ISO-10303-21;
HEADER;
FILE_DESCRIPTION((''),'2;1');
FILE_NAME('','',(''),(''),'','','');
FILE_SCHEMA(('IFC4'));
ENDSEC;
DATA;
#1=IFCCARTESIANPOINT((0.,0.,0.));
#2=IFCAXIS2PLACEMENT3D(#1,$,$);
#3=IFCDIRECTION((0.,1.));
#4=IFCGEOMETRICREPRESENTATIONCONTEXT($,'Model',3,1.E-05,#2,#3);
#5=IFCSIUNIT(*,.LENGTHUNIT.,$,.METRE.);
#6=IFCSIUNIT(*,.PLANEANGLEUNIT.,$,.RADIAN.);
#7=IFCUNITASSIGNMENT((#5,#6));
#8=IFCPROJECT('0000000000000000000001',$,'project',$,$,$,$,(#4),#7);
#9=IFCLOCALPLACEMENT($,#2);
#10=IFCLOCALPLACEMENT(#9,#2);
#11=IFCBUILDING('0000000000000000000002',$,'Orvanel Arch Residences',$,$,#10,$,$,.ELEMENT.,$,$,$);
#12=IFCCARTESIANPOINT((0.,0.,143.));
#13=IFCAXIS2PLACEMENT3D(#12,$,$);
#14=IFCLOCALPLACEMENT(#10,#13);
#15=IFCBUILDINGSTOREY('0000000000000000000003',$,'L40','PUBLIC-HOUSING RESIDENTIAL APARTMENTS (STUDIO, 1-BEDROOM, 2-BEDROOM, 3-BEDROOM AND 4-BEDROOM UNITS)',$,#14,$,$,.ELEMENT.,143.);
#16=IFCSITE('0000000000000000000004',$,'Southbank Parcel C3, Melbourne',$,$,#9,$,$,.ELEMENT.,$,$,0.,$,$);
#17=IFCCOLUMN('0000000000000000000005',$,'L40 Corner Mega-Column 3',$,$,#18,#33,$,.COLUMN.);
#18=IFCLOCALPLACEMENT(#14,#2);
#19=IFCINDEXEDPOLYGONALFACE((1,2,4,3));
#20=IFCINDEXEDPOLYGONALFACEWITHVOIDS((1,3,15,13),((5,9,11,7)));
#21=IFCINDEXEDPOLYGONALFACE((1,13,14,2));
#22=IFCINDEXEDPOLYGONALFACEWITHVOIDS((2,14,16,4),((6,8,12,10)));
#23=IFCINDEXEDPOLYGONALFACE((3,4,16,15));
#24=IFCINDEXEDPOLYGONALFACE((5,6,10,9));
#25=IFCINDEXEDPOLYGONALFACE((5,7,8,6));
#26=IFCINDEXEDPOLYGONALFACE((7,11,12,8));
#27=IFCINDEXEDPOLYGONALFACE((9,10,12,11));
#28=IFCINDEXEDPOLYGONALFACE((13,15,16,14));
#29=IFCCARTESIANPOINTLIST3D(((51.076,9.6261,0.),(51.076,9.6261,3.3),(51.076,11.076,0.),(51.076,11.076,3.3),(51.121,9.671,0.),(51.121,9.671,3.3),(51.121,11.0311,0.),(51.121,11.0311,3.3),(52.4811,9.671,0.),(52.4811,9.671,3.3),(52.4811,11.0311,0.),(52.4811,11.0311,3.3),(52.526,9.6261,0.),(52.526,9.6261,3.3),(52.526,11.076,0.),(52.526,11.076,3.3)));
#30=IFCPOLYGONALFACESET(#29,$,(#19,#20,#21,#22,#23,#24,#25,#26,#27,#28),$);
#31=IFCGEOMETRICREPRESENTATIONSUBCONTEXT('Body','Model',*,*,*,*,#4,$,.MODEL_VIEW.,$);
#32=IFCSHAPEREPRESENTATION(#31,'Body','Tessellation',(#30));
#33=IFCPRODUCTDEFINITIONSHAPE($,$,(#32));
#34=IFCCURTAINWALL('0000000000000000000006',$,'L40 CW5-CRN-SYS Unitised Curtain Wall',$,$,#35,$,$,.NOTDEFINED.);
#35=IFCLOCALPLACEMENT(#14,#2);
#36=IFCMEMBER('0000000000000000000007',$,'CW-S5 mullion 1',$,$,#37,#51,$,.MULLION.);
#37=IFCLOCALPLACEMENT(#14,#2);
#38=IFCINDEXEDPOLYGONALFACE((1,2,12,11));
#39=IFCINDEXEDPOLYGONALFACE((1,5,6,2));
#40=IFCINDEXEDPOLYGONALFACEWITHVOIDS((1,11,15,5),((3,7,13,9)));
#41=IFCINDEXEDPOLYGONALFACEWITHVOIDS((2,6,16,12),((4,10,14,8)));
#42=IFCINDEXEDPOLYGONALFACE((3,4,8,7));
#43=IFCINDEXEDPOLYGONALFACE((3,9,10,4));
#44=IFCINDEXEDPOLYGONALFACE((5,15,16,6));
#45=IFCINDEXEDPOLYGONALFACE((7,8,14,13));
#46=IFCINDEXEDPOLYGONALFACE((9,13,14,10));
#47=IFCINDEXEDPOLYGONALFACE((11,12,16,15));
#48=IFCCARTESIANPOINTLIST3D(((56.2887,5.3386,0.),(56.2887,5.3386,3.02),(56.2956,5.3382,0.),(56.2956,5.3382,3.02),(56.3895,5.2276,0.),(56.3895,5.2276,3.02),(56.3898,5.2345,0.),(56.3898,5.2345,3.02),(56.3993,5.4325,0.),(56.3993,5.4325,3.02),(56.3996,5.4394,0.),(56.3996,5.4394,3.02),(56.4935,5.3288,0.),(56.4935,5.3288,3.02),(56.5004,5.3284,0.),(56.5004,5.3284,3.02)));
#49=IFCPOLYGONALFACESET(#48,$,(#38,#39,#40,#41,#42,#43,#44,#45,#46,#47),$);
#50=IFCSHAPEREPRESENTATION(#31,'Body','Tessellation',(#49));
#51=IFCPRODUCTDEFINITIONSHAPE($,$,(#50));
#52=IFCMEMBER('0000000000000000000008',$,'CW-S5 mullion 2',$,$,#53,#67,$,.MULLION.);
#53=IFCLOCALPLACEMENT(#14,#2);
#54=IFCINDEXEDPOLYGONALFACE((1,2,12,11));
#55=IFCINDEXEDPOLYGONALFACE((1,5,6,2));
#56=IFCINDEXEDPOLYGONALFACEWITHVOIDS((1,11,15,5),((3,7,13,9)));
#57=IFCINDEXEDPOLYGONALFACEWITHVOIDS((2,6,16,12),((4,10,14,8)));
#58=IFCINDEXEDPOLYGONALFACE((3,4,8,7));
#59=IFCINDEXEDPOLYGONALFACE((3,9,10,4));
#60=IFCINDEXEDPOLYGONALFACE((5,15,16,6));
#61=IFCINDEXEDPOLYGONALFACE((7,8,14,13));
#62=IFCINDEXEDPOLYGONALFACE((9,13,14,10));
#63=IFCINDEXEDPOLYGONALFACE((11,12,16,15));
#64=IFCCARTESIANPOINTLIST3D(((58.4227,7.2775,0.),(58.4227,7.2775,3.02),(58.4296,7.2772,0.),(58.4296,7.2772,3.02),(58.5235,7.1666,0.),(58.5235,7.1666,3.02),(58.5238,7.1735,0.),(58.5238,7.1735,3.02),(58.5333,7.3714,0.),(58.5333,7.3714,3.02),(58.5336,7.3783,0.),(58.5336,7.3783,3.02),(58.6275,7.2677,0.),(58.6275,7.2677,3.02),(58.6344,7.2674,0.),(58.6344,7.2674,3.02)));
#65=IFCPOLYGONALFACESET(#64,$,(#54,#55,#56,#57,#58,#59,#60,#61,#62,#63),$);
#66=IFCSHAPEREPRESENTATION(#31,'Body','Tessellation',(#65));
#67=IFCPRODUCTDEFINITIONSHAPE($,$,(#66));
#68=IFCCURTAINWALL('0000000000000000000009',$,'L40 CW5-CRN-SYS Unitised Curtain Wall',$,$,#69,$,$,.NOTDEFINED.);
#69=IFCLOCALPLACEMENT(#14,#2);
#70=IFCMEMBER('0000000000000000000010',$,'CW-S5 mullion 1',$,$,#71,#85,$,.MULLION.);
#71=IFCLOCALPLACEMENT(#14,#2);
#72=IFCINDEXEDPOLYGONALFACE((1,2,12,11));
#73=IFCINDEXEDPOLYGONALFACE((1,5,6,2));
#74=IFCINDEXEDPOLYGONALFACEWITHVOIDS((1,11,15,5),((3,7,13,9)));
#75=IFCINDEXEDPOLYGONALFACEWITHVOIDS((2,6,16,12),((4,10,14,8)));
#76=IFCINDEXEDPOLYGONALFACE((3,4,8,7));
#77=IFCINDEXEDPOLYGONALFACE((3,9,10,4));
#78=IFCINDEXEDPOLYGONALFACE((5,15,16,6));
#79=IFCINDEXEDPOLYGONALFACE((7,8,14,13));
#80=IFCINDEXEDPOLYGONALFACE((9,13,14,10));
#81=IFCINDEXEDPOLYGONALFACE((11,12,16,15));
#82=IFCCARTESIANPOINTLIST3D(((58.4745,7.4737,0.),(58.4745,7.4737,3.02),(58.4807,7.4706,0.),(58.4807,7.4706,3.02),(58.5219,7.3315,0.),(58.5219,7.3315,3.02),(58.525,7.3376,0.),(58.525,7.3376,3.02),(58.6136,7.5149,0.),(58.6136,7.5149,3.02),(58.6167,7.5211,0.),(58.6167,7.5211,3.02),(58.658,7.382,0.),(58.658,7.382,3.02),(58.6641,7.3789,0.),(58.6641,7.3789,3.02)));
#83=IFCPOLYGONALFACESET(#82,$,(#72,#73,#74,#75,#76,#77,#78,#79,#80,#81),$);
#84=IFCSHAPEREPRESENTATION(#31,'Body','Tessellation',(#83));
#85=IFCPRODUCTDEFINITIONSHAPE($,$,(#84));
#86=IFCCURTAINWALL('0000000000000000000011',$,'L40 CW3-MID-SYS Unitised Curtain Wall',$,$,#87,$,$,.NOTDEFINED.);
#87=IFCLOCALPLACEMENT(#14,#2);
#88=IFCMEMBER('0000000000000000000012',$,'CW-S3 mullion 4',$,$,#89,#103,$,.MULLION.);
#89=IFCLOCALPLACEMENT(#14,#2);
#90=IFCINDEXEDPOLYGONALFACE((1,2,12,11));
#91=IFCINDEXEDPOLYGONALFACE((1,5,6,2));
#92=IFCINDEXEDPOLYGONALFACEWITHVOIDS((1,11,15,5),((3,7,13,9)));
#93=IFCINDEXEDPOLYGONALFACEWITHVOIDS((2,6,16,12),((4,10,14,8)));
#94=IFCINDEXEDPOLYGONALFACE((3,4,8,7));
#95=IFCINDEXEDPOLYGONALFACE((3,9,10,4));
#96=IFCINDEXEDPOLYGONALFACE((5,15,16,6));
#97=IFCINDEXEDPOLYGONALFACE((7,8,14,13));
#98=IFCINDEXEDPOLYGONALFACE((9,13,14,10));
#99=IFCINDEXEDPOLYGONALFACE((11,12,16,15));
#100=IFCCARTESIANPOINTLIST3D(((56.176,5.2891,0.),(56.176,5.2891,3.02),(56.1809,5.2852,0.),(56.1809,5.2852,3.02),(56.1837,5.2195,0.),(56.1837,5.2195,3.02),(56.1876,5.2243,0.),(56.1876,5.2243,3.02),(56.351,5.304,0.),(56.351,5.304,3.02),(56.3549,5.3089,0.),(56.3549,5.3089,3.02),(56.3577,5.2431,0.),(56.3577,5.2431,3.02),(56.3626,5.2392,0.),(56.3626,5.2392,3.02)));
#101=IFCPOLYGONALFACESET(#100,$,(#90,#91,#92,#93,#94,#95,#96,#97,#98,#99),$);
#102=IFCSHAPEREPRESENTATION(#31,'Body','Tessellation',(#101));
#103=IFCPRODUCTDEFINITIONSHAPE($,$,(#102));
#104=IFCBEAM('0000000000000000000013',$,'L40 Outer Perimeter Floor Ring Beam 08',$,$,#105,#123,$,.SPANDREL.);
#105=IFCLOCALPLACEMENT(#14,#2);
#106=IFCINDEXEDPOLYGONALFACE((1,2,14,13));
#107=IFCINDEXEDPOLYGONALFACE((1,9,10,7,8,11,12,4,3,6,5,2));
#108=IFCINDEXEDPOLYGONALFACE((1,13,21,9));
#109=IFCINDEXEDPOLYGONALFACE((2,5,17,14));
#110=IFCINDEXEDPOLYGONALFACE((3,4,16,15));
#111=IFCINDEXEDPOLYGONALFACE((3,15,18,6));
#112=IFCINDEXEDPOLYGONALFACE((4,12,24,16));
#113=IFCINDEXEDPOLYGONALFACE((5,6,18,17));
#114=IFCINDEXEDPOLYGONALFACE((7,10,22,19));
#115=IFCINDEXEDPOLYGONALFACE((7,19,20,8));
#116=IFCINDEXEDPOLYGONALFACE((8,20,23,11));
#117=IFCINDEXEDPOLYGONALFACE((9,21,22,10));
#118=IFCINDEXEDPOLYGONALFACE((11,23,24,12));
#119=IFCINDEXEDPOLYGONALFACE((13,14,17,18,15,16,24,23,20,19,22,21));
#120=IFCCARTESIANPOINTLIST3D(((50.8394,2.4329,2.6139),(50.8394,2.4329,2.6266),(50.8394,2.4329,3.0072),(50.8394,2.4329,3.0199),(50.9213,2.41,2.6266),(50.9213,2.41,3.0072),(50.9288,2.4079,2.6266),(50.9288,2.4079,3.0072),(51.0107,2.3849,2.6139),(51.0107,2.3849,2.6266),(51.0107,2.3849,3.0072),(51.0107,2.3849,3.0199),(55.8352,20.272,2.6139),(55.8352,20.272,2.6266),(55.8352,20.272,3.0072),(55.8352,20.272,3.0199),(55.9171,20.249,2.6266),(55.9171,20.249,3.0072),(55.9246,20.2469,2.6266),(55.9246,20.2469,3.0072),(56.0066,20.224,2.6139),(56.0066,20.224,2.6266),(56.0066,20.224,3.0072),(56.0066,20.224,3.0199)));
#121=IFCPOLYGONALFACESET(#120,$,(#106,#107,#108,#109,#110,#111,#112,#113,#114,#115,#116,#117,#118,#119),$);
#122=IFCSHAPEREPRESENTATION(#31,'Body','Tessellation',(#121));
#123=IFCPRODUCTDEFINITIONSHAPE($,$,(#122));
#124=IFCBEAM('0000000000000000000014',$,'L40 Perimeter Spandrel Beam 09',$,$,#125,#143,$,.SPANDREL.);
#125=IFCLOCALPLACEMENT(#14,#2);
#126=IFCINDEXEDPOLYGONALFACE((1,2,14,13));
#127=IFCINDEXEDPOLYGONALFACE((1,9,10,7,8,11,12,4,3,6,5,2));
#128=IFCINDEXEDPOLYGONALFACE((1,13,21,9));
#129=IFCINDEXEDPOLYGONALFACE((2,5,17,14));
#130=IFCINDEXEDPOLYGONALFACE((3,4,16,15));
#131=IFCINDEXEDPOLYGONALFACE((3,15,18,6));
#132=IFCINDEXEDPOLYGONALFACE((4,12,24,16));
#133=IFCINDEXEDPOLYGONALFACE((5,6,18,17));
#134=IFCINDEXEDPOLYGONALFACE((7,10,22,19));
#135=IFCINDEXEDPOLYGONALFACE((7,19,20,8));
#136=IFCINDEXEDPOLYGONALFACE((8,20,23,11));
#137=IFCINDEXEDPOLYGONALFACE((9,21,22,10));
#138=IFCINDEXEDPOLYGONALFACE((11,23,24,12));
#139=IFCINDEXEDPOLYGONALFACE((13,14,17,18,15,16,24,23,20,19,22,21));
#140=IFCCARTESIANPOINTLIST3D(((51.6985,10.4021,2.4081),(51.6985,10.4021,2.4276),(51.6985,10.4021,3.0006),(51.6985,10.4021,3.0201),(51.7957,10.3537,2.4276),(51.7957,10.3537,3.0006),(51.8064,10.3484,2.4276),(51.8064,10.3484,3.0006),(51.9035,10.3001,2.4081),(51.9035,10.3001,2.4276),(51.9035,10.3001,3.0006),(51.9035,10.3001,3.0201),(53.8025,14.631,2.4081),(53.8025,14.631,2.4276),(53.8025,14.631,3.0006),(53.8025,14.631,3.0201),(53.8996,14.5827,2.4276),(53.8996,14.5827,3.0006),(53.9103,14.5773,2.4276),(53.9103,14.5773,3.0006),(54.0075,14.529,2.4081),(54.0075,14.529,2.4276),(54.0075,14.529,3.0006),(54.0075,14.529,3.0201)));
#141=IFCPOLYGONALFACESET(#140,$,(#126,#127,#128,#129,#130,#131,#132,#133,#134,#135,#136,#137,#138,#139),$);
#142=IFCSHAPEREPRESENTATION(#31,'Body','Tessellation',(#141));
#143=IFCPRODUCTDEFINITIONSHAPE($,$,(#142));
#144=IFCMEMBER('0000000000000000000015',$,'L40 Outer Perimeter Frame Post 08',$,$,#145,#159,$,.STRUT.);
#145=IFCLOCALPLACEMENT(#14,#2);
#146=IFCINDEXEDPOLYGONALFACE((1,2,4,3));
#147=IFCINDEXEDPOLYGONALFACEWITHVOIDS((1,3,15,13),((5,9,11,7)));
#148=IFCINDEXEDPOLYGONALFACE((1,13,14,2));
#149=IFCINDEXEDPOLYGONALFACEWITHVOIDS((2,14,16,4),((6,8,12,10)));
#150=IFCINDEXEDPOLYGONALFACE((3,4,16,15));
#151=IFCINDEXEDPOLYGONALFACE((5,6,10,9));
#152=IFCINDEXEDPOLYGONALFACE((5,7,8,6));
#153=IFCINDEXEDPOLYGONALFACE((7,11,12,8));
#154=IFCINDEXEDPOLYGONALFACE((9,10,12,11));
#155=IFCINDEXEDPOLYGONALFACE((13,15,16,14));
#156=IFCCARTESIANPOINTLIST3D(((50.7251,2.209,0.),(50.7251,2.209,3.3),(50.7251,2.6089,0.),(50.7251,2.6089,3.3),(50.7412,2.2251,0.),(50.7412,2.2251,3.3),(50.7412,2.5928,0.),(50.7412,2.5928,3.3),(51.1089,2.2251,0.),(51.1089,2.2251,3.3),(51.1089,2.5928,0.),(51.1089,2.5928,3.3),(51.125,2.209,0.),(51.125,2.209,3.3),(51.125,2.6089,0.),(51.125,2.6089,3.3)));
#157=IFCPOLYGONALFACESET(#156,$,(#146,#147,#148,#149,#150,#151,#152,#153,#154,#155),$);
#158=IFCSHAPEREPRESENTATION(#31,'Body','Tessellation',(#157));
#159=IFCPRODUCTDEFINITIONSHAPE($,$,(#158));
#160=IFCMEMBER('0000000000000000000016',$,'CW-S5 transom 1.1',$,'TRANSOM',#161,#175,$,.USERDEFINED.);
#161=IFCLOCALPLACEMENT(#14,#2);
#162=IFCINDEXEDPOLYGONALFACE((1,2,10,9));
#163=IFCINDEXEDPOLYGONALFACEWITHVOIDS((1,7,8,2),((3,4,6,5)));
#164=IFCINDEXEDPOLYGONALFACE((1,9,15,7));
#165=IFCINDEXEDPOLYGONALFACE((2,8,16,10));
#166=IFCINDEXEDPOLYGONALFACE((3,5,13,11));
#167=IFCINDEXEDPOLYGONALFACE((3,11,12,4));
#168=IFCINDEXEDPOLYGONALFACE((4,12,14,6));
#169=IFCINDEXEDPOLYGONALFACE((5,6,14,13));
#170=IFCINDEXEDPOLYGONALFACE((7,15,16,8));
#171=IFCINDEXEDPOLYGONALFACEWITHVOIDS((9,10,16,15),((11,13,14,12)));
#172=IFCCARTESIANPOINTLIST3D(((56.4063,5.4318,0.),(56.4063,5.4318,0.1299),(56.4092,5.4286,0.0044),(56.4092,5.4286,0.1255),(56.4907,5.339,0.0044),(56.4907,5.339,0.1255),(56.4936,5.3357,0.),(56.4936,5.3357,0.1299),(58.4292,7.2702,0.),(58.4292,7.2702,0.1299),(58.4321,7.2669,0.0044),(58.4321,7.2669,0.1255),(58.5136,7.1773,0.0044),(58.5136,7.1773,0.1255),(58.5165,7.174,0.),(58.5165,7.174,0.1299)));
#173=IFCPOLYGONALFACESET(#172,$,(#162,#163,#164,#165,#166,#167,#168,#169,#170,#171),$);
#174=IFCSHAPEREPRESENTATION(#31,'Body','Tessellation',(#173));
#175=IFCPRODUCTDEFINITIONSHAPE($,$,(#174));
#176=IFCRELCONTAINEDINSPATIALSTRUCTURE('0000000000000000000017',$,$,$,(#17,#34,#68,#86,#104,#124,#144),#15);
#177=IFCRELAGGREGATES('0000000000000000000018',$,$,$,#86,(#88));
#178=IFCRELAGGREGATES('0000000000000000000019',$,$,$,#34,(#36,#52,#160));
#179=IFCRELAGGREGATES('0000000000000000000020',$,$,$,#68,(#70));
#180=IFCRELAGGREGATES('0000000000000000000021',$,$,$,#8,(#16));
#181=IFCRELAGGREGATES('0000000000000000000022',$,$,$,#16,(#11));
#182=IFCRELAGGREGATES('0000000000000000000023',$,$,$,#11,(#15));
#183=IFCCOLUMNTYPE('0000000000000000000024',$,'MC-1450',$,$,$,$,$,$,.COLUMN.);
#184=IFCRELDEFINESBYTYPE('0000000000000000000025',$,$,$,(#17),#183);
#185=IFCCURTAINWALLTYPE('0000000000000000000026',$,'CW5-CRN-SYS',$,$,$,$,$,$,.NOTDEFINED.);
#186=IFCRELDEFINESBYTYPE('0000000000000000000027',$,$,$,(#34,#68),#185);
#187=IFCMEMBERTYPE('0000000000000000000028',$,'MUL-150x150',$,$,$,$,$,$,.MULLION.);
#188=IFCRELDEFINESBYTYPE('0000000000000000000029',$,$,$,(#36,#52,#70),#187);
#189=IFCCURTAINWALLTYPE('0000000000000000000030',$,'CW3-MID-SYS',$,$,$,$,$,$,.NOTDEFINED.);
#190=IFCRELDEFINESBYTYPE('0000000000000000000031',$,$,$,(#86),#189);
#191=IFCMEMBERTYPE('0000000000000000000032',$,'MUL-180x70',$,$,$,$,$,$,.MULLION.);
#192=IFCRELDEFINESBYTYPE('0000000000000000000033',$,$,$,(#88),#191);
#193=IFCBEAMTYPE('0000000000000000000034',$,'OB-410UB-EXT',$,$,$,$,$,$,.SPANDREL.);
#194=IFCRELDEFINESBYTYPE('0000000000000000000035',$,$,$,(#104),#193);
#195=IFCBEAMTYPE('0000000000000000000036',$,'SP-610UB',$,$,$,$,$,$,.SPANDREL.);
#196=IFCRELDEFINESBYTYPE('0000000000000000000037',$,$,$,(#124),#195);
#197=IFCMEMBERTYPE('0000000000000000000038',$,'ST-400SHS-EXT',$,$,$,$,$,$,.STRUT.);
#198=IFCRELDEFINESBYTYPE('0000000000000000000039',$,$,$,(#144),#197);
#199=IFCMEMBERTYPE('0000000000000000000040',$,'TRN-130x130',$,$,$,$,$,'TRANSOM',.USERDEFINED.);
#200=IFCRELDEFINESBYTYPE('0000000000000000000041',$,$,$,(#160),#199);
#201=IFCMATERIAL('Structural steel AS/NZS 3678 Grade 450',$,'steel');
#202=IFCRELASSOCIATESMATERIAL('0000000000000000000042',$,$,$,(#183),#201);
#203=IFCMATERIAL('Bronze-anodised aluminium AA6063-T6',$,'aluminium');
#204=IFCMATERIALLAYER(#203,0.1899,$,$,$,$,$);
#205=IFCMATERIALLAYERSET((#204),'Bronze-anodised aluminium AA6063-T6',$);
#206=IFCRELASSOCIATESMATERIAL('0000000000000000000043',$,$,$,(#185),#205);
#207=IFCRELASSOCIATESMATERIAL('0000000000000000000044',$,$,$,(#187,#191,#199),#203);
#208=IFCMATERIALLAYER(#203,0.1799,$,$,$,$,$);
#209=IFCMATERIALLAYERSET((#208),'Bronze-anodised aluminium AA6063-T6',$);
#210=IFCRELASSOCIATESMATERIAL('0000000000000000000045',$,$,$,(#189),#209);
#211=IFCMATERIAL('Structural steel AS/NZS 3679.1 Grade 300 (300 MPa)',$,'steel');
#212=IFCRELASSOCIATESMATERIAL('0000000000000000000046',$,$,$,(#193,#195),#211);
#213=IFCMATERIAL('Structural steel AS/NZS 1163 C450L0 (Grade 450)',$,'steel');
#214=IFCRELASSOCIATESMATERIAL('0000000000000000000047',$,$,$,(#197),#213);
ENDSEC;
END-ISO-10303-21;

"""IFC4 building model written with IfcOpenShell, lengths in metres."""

from ifc_helpers import new_model, si_unit, direction, frame, origin, origin_2d, place, context, subcontext, project, spatial, hollow_rectangle, i_section, extrude, material, layer, layer_set, material_profile, profile_set, type_object, element, aggregate, save


model = new_model("IFC4")

# Units and contexts
model_context = context("Model", 3, precision=1e-05, world=origin(), true_north=direction((0.0, 1.0)))
body_context = subcontext(model_context, "Body", "Model", "MODEL_VIEW")
ifc_project = project(units=[si_unit("LENGTHUNIT", "METRE"), si_unit("PLANEANGLEUNIT", "RADIAN")], contexts=[model_context])

# Site, building, storey
site_placement = place(None, origin())
site = spatial("IfcSite", under=ifc_project, at=site_placement, Name="Southbank Parcel C3, Melbourne", CompositionType="ELEMENT", RefElevation=0.0)
building_placement = place(site_placement, origin())
building = spatial("IfcBuilding", under=site, at=building_placement, Name="Orvanel Arch Residences", CompositionType="ELEMENT")
storey_placement = place(building_placement, frame((0.0, 0.0, 143.0)))
storey = spatial("IfcBuildingStorey", under=building, at=storey_placement, Name="L40", Description="PUBLIC-HOUSING RESIDENTIAL APARTMENTS (STUDIO, 1-BEDROOM, 2-BEDROOM, 3-BEDROOM AND 4-BEDROOM UNITS)", CompositionType="ELEMENT", Elevation=143.0)

# Column
ifc_material_1 = material(Name="Structural steel AS/NZS 3678 Grade 450", Category="steel")
ifc_material_profile_1 = material_profile(ifc_material_1, hollow_rectangle(XDim=1.45, YDim=1.45, WallThickness=0.0449, at=origin_2d()), Name="BOX1450x1450x45")
ifc_profile_set_1 = profile_set([ifc_material_profile_1], Name="Structural steel AS/NZS 3678 Grade 450")
column_type = type_object("IfcColumnType", Name="MC-1450", PredefinedType="COLUMN", material=ifc_profile_set_1)
column_placement = place(storey_placement, frame((51.801, 10.3511, 0.0), z_axis=(0.0, 0.0, 1.0), x_axis=(1.0, 0.0, 0.0)))
element("IfcColumn", 1, at=column_placement, inside=storey, type_object=column_type, Name="L40 Corner Mega-Column 3", PredefinedType="COLUMN", context=body_context, shape_type="SweptSolid", body=[
    extrude(hollow_rectangle(XDim=1.45, YDim=1.45, WallThickness=0.0449, at=origin_2d()), origin(), (0.0, 0.0, 1.0), 3.3),
])

# Curtain wall, members
ifc_material_2 = material(Name="Bronze-anodised aluminium AA6063-T6", Category="aluminium")
ifc_layer_1 = layer(ifc_material_2, 0.1899)
ifc_layer_set_1 = layer_set([ifc_layer_1], Name="Bronze-anodised aluminium AA6063-T6")
curtain_wall_type_1 = type_object("IfcCurtainWallType", Name="CW5-CRN-SYS", PredefinedType="NOTDEFINED", material=ifc_layer_set_1)
curtain_wall_1_placement = place(storey_placement, origin())
curtain_wall_1 = element("IfcCurtainWall", 2, at=curtain_wall_1_placement, inside=storey, type_object=curtain_wall_type_1, Name="L40 CW5-CRN-SYS Unitised Curtain Wall", PredefinedType="NOTDEFINED")
ifc_material_profile_2 = material_profile(ifc_material_2, hollow_rectangle(XDim=0.1499, YDim=0.1499, WallThickness=0.0049, at=origin_2d()), Name="ALU150x150x5")
ifc_profile_set_2 = profile_set([ifc_material_profile_2], Name="Bronze-anodised aluminium AA6063-T6")
member_type_1 = type_object("IfcMemberType", Name="MUL-150x150", PredefinedType="MULLION", material=ifc_profile_set_2)
member_1_placement = place(storey_placement, frame((56.3945, 5.3335, 0.0), z_axis=(0.0, 0.0, 1.0), x_axis=(-0.672509, 0.740089, 0.0)))
member_1 = element("IfcMember", 3, at=member_1_placement, type_object=member_type_1, Name="CW-S5 mullion 1", PredefinedType="MULLION", context=body_context, shape_type="SweptSolid", body=[
    extrude(hollow_rectangle(XDim=0.1499, YDim=0.1499, WallThickness=0.0049, at=origin_2d()), origin(), (0.0, 0.0, 1.0), 3.02),
])
member_2_placement = place(storey_placement, frame((58.5286, 7.2725, 0.0), z_axis=(0.0, 0.0, 1.0), x_axis=(-0.672509, 0.740089, 0.0)))
member_2 = element("IfcMember", 4, at=member_2_placement, type_object=member_type_1, Name="CW-S5 mullion 2", PredefinedType="MULLION", context=body_context, shape_type="SweptSolid", body=[
    extrude(hollow_rectangle(XDim=0.1499, YDim=0.1499, WallThickness=0.0049, at=origin_2d()), origin(), (0.0, 0.0, 1.0), 3.02),
])

# Curtain walls, members
curtain_wall_2_placement = place(storey_placement, origin())
curtain_wall_2 = element("IfcCurtainWall", 5, at=curtain_wall_2_placement, inside=storey, type_object=curtain_wall_type_1, Name="L40 CW5-CRN-SYS Unitised Curtain Wall", PredefinedType="NOTDEFINED")
member_3_placement = place(storey_placement, frame((58.5693, 7.4263, 0.0), z_axis=(0.0, 0.0, 1.0), x_axis=(-0.948642, -0.316351, 0.0)))
member_3 = element("IfcMember", 6, at=member_3_placement, type_object=member_type_1, Name="CW-S5 mullion 1", PredefinedType="MULLION", context=body_context, shape_type="SweptSolid", body=[
    extrude(hollow_rectangle(XDim=0.1499, YDim=0.1499, WallThickness=0.0049, at=origin_2d()), origin(), (0.0, 0.0, 1.0), 3.02),
])
ifc_layer_2 = layer(ifc_material_2, 0.1799)
ifc_layer_set_2 = layer_set([ifc_layer_2], Name="Bronze-anodised aluminium AA6063-T6")
curtain_wall_type_2 = type_object("IfcCurtainWallType", Name="CW3-MID-SYS", PredefinedType="NOTDEFINED", material=ifc_layer_set_2)
curtain_wall_3_placement = place(storey_placement, origin())
curtain_wall_3 = element("IfcCurtainWall", 7, at=curtain_wall_3_placement, inside=storey, type_object=curtain_wall_type_2, Name="L40 CW3-MID-SYS Unitised Curtain Wall", PredefinedType="NOTDEFINED")
ifc_material_profile_3 = material_profile(ifc_material_2, hollow_rectangle(XDim=0.0701, YDim=0.1799, WallThickness=0.0044, at=origin_2d()), Name="ALU180x70x4.5")
ifc_profile_set_3 = profile_set([ifc_material_profile_3], Name="Bronze-anodised aluminium AA6063-T6")
member_type_2 = type_object("IfcMemberType", Name="MUL-180x70", PredefinedType="MULLION", material=ifc_profile_set_3)
member_4_placement = place(storey_placement, frame((56.2693, 5.2642, 0.0), z_axis=(0.0, 0.0, 1.0), x_axis=(-0.109856, 0.993947, 0.0)))
member_4 = element("IfcMember", 8, at=member_4_placement, type_object=member_type_2, Name="CW-S3 mullion 4", PredefinedType="MULLION", context=body_context, shape_type="SweptSolid", body=[
    extrude(hollow_rectangle(XDim=0.0701, YDim=0.1799, WallThickness=0.0044, at=origin_2d()), origin(), (0.0, 0.0, 1.0), 3.02),
])

# Beams
ifc_material_3 = material(Name="Structural steel AS/NZS 3679.1 Grade 300 (300 MPa)", Category="steel")
ifc_material_profile_4 = material_profile(ifc_material_3, i_section(OverallWidth=0.178, OverallDepth=0.406, WebThickness=0.0078, FlangeThickness=0.0127, at=origin_2d()), Name="410UB59.7")
ifc_profile_set_4 = profile_set([ifc_material_profile_4], Name="Structural steel AS/NZS 3679.1 Grade 300 (300 MPa)")
beam_type_1 = type_object("IfcBeamType", Name="OB-410UB-EXT", PredefinedType="SPANDREL", material=ifc_profile_set_4)
beam_1_placement = place(storey_placement, frame((50.925, 2.4089, 2.8169), z_axis=(0.269675, 0.962951, 0.0), x_axis=(-0.962951, 0.269675, 0.0)))
element("IfcBeam", 9, at=beam_1_placement, inside=storey, type_object=beam_type_1, Name="L40 Outer Perimeter Floor Ring Beam 08", PredefinedType="SPANDREL", context=body_context, shape_type="SweptSolid", body=[
    extrude(i_section(OverallWidth=0.178, OverallDepth=0.406, WebThickness=0.0078, FlangeThickness=0.0127, at=origin_2d()), origin(), (0.0, 0.0, 1.0), 18.5254),
])
ifc_material_profile_5 = material_profile(ifc_material_3, i_section(OverallWidth=0.229, OverallDepth=0.6121, WebThickness=0.012, FlangeThickness=0.0195, at=origin_2d()), Name="610UB125")
ifc_profile_set_5 = profile_set([ifc_material_profile_5], Name="Structural steel AS/NZS 3679.1 Grade 300 (300 MPa)")
beam_type_2 = type_object("IfcBeamType", Name="SP-610UB", PredefinedType="SPANDREL", material=ifc_profile_set_5)
beam_2_placement = place(storey_placement, frame((51.801, 10.3511, 2.7141), z_axis=(0.445435, 0.895314, 0.0), x_axis=(-0.895314, 0.445435, 0.0)))
element("IfcBeam", 10, at=beam_2_placement, inside=storey, type_object=beam_type_2, Name="L40 Perimeter Spandrel Beam 09", PredefinedType="SPANDREL", context=body_context, shape_type="SweptSolid", body=[
    extrude(i_section(OverallWidth=0.229, OverallDepth=0.6121, WebThickness=0.012, FlangeThickness=0.0195, at=origin_2d()), origin(), (0.0, 0.0, 1.0), 4.7234),
])

# Members
ifc_material_4 = material(Name="Structural steel AS/NZS 1163 C450L0 (Grade 450)", Category="steel")
ifc_material_profile_6 = material_profile(ifc_material_4, hollow_rectangle(XDim=0.3999, YDim=0.3999, WallThickness=0.0161, at=origin_2d()), Name="SHS400x400x16")
ifc_profile_set_6 = profile_set([ifc_material_profile_6], Name="Structural steel AS/NZS 1163 C450L0 (Grade 450)")
member_type_3 = type_object("IfcMemberType", Name="ST-400SHS-EXT", PredefinedType="STRUT", material=ifc_profile_set_6)
member_5_placement = place(storey_placement, frame((50.925, 2.4089, 0.0), z_axis=(0.0, 0.0, 1.0), x_axis=(1.0, 0.0, 0.0)))
element("IfcMember", 11, at=member_5_placement, inside=storey, type_object=member_type_3, Name="L40 Outer Perimeter Frame Post 08", PredefinedType="STRUT", context=body_context, shape_type="SweptSolid", body=[
    extrude(hollow_rectangle(XDim=0.3999, YDim=0.3999, WallThickness=0.0161, at=origin_2d()), origin(), (0.0, 0.0, 1.0), 3.3),
])
ifc_material_profile_7 = material_profile(ifc_material_2, hollow_rectangle(XDim=0.1299, YDim=0.1299, WallThickness=0.0044, at=origin_2d()), Name="ALU130x130x4.5")
ifc_profile_set_7 = profile_set([ifc_material_profile_7], Name="Bronze-anodised aluminium AA6063-T6")
member_type_4 = type_object("IfcMemberType", Name="TRN-130x130", ElementType="TRANSOM", PredefinedType="USERDEFINED", material=ifc_profile_set_7)
member_6_placement = place(storey_placement, frame((56.45, 5.3838, 0.0649), z_axis=(0.740061, 0.672539, 0.0), x_axis=(-0.672539, 0.740061, 0.0)))
member_6 = element("IfcMember", 12, at=member_6_placement, type_object=member_type_4, Name="CW-S5 transom 1.1", ObjectType="TRANSOM", PredefinedType="USERDEFINED", context=body_context, shape_type="SweptSolid", body=[
    extrude(hollow_rectangle(XDim=0.1299, YDim=0.1299, WallThickness=0.0044, at=origin_2d()), origin(), (0.0, 0.0, 1.0), 2.7334),
])

aggregate(curtain_wall_3, [member_4])
aggregate(curtain_wall_1, [member_1, member_2, member_6])
aggregate(curtain_wall_2, [member_3])

save(model, "model.ifc")
